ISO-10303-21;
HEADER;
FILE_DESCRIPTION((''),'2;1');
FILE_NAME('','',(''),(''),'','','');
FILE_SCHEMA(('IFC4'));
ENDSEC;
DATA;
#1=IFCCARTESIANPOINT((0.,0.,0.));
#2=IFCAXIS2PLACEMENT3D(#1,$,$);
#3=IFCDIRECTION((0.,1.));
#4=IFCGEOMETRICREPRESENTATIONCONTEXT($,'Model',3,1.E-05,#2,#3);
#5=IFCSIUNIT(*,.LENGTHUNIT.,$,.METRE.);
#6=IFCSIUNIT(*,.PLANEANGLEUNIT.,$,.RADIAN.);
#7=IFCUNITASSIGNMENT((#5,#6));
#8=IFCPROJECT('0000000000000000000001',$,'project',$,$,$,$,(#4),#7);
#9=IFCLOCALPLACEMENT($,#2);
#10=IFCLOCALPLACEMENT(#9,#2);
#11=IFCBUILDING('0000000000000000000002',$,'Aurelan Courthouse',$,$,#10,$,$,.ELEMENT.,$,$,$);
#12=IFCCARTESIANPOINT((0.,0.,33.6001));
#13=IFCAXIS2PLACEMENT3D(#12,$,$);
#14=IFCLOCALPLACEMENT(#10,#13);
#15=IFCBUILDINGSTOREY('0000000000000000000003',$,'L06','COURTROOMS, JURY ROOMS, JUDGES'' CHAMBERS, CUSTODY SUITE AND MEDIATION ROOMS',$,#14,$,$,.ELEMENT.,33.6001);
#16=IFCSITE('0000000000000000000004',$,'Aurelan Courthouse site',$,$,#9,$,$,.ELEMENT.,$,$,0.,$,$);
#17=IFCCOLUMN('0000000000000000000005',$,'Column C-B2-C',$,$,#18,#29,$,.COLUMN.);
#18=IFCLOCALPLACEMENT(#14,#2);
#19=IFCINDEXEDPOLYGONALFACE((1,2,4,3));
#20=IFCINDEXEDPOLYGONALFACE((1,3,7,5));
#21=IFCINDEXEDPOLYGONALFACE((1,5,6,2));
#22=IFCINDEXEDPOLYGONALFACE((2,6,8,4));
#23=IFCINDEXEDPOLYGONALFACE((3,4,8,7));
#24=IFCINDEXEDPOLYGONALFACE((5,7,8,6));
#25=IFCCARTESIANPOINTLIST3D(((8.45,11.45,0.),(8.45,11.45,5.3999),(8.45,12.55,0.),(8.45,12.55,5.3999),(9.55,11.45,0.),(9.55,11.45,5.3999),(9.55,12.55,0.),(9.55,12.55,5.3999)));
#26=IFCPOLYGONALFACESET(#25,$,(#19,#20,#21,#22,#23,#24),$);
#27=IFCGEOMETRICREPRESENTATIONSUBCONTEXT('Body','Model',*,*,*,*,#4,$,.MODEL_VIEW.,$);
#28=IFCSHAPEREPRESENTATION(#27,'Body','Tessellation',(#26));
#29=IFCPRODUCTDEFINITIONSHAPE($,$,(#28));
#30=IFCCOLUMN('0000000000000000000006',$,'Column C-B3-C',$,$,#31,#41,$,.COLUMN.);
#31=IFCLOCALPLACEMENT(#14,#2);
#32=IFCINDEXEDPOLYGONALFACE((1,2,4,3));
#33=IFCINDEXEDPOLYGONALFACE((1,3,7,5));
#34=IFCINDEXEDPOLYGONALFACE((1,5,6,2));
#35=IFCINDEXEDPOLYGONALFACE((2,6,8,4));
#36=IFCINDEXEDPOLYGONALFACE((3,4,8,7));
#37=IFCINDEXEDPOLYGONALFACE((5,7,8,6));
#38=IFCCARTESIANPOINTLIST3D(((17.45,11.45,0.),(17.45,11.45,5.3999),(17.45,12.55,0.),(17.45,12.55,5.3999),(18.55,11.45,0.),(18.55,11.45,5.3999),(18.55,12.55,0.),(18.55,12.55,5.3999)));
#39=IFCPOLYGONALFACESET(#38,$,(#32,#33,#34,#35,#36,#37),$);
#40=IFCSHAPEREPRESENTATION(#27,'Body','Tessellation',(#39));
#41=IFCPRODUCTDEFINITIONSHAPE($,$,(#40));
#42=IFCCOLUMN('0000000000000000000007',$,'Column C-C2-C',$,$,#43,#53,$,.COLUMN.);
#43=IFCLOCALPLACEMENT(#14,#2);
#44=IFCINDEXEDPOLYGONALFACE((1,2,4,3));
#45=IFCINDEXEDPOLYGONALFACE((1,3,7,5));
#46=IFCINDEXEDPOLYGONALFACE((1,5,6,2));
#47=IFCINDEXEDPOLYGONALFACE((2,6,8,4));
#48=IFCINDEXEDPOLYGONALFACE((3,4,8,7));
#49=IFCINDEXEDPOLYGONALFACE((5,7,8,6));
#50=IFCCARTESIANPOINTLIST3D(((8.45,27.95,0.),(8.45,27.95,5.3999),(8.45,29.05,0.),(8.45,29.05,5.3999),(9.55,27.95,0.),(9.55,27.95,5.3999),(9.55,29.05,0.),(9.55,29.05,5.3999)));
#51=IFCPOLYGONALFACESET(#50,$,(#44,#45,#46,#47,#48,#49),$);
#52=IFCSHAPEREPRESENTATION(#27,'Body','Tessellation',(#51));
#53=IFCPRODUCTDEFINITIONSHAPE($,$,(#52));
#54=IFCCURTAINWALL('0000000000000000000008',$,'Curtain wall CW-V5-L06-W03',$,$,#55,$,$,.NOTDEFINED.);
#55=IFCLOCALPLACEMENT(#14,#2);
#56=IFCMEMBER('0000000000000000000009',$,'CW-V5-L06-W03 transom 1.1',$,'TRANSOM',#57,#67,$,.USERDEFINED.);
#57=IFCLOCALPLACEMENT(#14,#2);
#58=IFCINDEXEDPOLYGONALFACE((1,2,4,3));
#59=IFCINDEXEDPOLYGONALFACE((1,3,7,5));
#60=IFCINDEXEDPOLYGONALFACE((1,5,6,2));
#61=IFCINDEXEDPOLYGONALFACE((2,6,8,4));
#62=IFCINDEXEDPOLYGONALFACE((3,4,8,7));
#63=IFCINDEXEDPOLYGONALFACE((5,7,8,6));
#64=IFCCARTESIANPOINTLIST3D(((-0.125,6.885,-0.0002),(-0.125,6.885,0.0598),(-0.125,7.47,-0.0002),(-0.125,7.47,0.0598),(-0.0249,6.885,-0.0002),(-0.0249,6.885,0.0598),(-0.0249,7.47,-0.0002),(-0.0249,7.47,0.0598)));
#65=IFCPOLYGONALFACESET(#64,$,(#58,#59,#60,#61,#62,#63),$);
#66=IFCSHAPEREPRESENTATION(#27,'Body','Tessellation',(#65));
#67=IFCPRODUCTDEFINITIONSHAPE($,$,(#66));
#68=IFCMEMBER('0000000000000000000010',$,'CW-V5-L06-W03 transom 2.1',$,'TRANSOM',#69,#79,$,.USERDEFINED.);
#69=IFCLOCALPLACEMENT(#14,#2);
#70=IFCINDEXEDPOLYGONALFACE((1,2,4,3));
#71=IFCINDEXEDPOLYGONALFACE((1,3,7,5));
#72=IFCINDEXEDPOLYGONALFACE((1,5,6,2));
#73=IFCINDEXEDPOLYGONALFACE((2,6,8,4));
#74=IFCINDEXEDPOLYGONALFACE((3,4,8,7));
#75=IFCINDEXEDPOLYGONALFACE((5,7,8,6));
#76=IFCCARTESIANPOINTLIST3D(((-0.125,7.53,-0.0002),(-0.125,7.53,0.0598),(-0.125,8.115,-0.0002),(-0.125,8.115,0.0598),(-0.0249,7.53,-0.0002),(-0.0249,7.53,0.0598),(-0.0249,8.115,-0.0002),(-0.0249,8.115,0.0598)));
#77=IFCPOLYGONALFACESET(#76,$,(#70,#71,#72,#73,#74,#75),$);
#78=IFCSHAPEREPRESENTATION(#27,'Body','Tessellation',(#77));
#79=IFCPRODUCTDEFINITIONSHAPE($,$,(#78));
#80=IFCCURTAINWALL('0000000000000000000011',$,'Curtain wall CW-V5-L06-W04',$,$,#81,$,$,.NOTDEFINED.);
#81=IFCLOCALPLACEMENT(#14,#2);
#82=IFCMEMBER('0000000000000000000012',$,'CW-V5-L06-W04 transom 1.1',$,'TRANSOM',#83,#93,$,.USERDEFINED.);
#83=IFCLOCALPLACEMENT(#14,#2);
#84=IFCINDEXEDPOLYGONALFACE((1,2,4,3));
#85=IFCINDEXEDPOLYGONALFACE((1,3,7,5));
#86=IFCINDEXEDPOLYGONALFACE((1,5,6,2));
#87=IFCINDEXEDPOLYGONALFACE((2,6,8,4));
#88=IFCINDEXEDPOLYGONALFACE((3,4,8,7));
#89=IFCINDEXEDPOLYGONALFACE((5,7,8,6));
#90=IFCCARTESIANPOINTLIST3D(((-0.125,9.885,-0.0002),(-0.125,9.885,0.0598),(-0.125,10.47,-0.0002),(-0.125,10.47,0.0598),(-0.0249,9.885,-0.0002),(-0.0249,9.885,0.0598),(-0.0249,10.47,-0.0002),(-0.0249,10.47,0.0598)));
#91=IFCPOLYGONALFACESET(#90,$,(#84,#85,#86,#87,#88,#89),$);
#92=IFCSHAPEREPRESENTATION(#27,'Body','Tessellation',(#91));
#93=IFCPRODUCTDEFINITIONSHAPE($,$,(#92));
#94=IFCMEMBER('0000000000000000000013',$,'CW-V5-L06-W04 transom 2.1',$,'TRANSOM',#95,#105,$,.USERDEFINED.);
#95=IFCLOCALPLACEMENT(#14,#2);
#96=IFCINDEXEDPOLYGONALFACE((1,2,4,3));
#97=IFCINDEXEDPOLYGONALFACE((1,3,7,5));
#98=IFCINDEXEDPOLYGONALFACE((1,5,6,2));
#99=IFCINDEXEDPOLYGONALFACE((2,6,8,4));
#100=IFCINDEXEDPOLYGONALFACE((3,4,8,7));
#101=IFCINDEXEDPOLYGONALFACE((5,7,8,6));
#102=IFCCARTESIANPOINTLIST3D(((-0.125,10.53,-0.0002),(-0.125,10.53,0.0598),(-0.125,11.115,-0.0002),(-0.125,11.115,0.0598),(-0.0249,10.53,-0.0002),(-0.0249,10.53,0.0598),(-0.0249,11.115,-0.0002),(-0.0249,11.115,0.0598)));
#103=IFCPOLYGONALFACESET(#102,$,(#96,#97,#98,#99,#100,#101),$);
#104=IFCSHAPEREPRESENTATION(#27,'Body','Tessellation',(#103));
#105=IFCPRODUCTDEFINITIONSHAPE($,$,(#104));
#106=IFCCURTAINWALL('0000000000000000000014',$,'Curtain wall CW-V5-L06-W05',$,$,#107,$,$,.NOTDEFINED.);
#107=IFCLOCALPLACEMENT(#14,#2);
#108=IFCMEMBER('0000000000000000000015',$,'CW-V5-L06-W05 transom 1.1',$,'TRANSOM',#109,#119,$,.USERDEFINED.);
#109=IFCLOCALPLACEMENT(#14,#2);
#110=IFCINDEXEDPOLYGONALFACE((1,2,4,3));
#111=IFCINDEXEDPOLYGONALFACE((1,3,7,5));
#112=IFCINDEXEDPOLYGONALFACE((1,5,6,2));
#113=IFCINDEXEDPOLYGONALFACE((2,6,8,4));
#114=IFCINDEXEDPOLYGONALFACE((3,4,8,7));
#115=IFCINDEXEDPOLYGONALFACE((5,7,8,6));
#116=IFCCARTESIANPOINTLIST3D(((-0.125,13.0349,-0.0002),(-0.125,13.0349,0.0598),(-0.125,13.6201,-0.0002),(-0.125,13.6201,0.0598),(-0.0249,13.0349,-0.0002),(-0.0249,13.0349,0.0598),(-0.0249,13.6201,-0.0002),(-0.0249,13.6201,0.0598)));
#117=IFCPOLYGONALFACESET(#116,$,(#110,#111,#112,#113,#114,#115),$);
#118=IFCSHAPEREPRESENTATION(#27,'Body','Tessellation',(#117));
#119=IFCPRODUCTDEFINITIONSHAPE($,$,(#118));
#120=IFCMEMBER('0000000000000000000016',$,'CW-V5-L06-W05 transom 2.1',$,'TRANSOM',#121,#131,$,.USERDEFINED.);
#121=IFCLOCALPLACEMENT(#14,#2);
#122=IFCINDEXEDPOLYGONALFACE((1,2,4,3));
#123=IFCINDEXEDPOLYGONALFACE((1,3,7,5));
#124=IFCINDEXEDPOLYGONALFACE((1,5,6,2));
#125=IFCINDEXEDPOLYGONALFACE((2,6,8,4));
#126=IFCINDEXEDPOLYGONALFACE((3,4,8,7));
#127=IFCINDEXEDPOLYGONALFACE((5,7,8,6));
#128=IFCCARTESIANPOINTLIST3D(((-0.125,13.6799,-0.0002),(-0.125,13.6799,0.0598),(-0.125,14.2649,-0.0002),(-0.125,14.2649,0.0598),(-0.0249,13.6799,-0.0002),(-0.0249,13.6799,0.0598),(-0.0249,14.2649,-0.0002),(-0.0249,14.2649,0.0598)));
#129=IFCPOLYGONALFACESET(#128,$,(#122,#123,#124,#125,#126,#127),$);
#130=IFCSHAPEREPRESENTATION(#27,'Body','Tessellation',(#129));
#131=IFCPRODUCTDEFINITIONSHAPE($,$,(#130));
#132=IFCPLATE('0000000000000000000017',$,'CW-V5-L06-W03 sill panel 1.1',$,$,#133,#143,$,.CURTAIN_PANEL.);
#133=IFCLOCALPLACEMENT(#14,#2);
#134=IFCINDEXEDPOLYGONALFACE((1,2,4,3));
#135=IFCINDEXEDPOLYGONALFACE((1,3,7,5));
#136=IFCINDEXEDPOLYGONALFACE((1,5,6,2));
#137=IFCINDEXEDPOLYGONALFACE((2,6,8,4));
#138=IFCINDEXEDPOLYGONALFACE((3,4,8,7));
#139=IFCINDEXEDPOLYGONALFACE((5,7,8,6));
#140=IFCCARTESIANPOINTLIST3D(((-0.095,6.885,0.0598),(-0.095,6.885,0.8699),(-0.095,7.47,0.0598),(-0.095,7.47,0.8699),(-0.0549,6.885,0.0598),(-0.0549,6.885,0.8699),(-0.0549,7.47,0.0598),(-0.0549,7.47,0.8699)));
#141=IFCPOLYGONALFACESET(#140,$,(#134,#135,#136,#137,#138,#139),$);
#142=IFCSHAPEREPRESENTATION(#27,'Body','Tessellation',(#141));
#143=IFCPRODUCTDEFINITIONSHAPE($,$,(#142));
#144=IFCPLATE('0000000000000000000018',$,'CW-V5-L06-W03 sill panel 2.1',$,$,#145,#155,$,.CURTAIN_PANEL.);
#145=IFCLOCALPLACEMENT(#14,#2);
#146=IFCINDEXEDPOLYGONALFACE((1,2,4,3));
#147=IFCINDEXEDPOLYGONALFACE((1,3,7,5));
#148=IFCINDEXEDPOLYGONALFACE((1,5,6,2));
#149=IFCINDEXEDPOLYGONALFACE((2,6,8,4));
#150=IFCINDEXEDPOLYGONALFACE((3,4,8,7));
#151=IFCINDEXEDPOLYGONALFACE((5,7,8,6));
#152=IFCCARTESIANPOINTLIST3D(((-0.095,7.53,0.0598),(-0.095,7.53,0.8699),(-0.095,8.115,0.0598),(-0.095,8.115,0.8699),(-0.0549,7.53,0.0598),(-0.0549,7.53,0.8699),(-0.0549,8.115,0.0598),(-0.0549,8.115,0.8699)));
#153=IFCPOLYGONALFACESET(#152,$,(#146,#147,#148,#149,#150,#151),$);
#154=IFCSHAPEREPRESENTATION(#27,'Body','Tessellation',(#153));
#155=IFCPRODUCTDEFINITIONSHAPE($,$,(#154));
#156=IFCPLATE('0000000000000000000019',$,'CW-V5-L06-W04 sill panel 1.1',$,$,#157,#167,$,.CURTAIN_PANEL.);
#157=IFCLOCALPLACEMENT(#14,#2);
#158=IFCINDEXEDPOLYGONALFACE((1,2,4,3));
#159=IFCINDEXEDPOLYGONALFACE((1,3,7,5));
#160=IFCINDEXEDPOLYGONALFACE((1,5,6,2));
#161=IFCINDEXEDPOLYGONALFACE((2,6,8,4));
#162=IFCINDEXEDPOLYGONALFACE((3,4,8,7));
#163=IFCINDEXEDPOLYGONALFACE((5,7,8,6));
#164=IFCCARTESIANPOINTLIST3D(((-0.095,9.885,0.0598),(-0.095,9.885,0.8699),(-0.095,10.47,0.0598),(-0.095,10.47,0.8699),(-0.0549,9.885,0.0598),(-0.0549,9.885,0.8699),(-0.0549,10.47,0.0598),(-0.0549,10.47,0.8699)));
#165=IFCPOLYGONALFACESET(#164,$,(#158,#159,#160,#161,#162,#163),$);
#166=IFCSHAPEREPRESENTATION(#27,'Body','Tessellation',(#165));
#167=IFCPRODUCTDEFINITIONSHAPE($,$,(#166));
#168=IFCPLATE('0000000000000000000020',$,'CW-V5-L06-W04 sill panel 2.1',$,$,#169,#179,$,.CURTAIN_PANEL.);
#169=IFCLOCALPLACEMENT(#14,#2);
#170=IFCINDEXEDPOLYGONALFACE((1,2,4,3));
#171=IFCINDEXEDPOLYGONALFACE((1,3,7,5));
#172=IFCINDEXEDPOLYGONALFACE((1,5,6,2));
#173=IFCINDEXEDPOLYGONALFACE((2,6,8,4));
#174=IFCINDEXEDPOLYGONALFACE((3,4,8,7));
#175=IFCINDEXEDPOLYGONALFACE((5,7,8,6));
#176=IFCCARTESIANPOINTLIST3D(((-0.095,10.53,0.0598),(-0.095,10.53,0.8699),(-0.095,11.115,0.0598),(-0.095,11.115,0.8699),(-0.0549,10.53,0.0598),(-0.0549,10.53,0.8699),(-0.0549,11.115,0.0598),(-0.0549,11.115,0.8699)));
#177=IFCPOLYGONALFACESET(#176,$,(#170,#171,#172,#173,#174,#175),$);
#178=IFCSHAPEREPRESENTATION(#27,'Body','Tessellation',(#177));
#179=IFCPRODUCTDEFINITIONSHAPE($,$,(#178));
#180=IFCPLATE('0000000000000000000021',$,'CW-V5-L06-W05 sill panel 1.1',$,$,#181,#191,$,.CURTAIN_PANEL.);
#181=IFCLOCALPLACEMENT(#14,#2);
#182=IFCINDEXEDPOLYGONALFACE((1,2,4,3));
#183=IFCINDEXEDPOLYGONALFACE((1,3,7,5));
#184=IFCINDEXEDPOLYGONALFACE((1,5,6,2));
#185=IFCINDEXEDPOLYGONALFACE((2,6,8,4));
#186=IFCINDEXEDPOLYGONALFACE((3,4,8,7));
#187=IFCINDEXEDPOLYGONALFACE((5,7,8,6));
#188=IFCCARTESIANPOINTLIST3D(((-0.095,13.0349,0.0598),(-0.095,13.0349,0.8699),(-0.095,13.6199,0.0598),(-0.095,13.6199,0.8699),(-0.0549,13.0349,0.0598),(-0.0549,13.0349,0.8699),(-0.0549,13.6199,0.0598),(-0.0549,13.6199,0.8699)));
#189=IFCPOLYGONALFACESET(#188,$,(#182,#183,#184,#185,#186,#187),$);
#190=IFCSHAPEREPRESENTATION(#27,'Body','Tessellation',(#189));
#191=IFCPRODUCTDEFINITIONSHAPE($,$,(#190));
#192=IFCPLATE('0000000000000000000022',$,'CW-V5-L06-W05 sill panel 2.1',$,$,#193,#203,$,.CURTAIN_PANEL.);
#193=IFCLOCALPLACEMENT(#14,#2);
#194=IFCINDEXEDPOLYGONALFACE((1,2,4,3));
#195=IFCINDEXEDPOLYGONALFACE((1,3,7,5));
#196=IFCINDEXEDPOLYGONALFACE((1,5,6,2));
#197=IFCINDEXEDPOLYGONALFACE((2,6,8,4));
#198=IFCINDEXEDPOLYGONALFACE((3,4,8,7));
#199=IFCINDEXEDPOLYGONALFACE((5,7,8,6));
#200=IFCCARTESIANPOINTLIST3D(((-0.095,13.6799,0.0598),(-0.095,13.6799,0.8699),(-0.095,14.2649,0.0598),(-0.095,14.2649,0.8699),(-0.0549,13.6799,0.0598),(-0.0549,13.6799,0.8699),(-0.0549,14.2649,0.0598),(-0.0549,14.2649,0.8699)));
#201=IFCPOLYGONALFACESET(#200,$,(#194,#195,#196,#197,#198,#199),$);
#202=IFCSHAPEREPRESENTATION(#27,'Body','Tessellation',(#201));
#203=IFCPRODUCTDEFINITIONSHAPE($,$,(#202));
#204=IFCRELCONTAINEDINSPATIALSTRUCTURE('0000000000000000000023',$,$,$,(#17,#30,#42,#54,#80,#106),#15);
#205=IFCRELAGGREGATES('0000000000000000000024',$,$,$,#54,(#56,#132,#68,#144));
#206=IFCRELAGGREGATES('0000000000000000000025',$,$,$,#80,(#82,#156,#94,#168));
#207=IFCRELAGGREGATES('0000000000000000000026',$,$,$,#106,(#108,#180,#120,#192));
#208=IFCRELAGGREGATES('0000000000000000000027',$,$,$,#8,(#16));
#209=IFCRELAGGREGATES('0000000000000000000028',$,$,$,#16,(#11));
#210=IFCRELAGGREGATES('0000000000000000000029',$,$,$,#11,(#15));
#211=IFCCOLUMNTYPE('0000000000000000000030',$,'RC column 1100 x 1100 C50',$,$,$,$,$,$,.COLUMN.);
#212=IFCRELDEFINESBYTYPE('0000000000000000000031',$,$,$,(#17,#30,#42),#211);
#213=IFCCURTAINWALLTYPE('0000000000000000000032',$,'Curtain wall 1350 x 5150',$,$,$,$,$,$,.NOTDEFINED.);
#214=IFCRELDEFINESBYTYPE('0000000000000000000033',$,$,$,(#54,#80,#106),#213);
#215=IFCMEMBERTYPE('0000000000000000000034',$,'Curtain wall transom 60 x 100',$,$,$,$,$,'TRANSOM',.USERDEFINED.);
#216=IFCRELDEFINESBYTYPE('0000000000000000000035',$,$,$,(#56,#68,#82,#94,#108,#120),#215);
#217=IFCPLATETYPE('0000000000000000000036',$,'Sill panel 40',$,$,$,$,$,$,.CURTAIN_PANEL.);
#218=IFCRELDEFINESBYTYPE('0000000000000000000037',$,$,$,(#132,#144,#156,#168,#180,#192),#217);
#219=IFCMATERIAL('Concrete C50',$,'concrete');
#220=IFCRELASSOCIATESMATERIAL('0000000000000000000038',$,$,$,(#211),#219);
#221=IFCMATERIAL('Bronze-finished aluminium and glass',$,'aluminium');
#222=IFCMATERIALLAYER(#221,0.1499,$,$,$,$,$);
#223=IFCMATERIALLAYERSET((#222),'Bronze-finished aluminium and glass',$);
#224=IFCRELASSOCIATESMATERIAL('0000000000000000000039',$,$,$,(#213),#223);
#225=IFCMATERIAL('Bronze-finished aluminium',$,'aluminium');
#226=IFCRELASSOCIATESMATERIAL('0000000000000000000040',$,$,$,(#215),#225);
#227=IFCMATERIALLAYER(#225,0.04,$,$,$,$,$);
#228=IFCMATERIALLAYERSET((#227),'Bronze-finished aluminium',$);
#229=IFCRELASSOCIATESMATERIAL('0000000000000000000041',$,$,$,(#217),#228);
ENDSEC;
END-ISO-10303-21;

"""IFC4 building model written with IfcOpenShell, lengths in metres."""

from ifc_helpers import new_model, si_unit, direction, frame, origin, origin_2d, place, context, subcontext, project, spatial, rectangle, extrude, material, layer, layer_set, material_profile, profile_set, type_object, element, aggregate, save


model = new_model("IFC4")

# Units and contexts
model_context = context("Model", 3, precision=1e-05, world=origin(), true_north=direction((0.0, 1.0)))
body_context = subcontext(model_context, "Body", "Model", "MODEL_VIEW")
ifc_project = project(units=[si_unit("LENGTHUNIT", "METRE"), si_unit("PLANEANGLEUNIT", "RADIAN")], contexts=[model_context])

# Site, building, storey
site_placement = place(None, origin())
site = spatial("IfcSite", under=ifc_project, at=site_placement, Name="Aurelan Courthouse site", CompositionType="ELEMENT", RefElevation=0.0)
building_placement = place(site_placement, origin())
building = spatial("IfcBuilding", under=site, at=building_placement, Name="Aurelan Courthouse", CompositionType="ELEMENT")
storey_placement = place(building_placement, frame((0.0, 0.0, 33.6001)))
storey = spatial("IfcBuildingStorey", under=building, at=storey_placement, Name="L06", Description="COURTROOMS, JURY ROOMS, JUDGES' CHAMBERS, CUSTODY SUITE AND MEDIATION ROOMS", CompositionType="ELEMENT", Elevation=33.6001)

# Columns
ifc_material_1 = material(Name="Concrete C50", Category="concrete")
ifc_material_profile_1 = material_profile(ifc_material_1, rectangle(XDim=1.1001, YDim=1.1001, at=origin_2d()), Name="RC 1100 x 1100")
ifc_profile_set_1 = profile_set([ifc_material_profile_1], Name="Concrete C50")
column_type = type_object("IfcColumnType", Name="RC column 1100 x 1100 C50", PredefinedType="COLUMN", material=ifc_profile_set_1)
for number, where, z_axis, x_axis, name in (
    (1, (9.0, 12.0, 0.0), (0.0, 0.0, 1.0), (1.0, 0.0, 0.0), "Column C-B2-C"),
    (2, (18.0, 12.0, 0.0), (0.0, 0.0, 1.0), (1.0, 0.0, 0.0), "Column C-B3-C"),
    (3, (9.0, 28.5, 0.0), (0.0, 0.0, 1.0), (1.0, 0.0, 0.0), "Column C-C2-C"),
):
    element("IfcColumn", number, at=place(storey_placement, frame(where, z_axis=z_axis, x_axis=x_axis)), inside=storey, type_object=column_type, Name=name, PredefinedType="COLUMN", context=body_context, shape_type="SweptSolid", body=[
        extrude(rectangle(XDim=1.1001, YDim=1.1001, at=origin_2d()), origin(), (0.0, 0.0, 1.0), 5.3999),
    ])

# Curtain walls, members
ifc_material_2 = material(Name="Bronze-finished aluminium and glass", Category="aluminium")
ifc_layer_1 = layer(ifc_material_2, 0.1499)
ifc_layer_set_1 = layer_set([ifc_layer_1], Name="Bronze-finished aluminium and glass")
curtain_wall_type = type_object("IfcCurtainWallType", Name="Curtain wall 1350 x 5150", PredefinedType="NOTDEFINED", material=ifc_layer_set_1)
curtain_wall_1_placement = place(storey_placement, origin())
curtain_wall_1 = element("IfcCurtainWall", 4, at=curtain_wall_1_placement, inside=storey, type_object=curtain_wall_type, Name="Curtain wall CW-V5-L06-W03", PredefinedType="NOTDEFINED")
ifc_material_3 = material(Name="Bronze-finished aluminium", Category="aluminium")
ifc_material_profile_2 = material_profile(ifc_material_3, rectangle(XDim=0.1001, YDim=0.0601, at=origin_2d()), Name="Bronze transom 60 x 100")
ifc_profile_set_2 = profile_set([ifc_material_profile_2], Name="Bronze-finished aluminium")
member_type = type_object("IfcMemberType", Name="Curtain wall transom 60 x 100", ElementType="TRANSOM", PredefinedType="USERDEFINED", material=ifc_profile_set_2)
member_1_placement = place(storey_placement, frame((-0.075, 6.885, 0.0298), z_axis=(0.0, 1.0, 0.0), x_axis=(-1.0, 0.0, 0.0)))
member_1 = element("IfcMember", 5, at=member_1_placement, type_object=member_type, Name="CW-V5-L06-W03 transom 1.1", ObjectType="TRANSOM", PredefinedType="USERDEFINED", context=body_context, shape_type="SweptSolid", body=[
    extrude(rectangle(XDim=0.1001, YDim=0.0601, at=origin_2d()), origin(), (0.0, 0.0, 1.0), 0.585),
])
member_2_placement = place(storey_placement, frame((-0.075, 7.53, 0.0298), z_axis=(0.0, 1.0, 0.0), x_axis=(-1.0, 0.0, 0.0)))
member_2 = element("IfcMember", 6, at=member_2_placement, type_object=member_type, Name="CW-V5-L06-W03 transom 2.1", ObjectType="TRANSOM", PredefinedType="USERDEFINED", context=body_context, shape_type="SweptSolid", body=[
    extrude(rectangle(XDim=0.1001, YDim=0.0601, at=origin_2d()), origin(), (0.0, 0.0, 1.0), 0.585),
])
curtain_wall_2_placement = place(storey_placement, origin())
curtain_wall_2 = element("IfcCurtainWall", 7, at=curtain_wall_2_placement, inside=storey, type_object=curtain_wall_type, Name="Curtain wall CW-V5-L06-W04", PredefinedType="NOTDEFINED")
member_3_placement = place(storey_placement, frame((-0.075, 9.885, 0.0298), z_axis=(0.0, 1.0, 0.0), x_axis=(-1.0, 0.0, 0.0)))
member_3 = element("IfcMember", 8, at=member_3_placement, type_object=member_type, Name="CW-V5-L06-W04 transom 1.1", ObjectType="TRANSOM", PredefinedType="USERDEFINED", context=body_context, shape_type="SweptSolid", body=[
    extrude(rectangle(XDim=0.1001, YDim=0.0601, at=origin_2d()), origin(), (0.0, 0.0, 1.0), 0.585),
])
member_4_placement = place(storey_placement, frame((-0.075, 10.53, 0.0298), z_axis=(0.0, 1.0, 0.0), x_axis=(-1.0, 0.0, 0.0)))
member_4 = element("IfcMember", 9, at=member_4_placement, type_object=member_type, Name="CW-V5-L06-W04 transom 2.1", ObjectType="TRANSOM", PredefinedType="USERDEFINED", context=body_context, shape_type="SweptSolid", body=[
    extrude(rectangle(XDim=0.1001, YDim=0.0601, at=origin_2d()), origin(), (0.0, 0.0, 1.0), 0.585),
])
curtain_wall_3_placement = place(storey_placement, origin())
curtain_wall_3 = element("IfcCurtainWall", 10, at=curtain_wall_3_placement, inside=storey, type_object=curtain_wall_type, Name="Curtain wall CW-V5-L06-W05", PredefinedType="NOTDEFINED")
member_5_placement = place(storey_placement, frame((-0.075, 13.0349, 0.0298), z_axis=(0.0, 1.0, 0.0), x_axis=(-1.0, 0.0, 0.0)))
member_5 = element("IfcMember", 11, at=member_5_placement, type_object=member_type, Name="CW-V5-L06-W05 transom 1.1", ObjectType="TRANSOM", PredefinedType="USERDEFINED", context=body_context, shape_type="SweptSolid", body=[
    extrude(rectangle(XDim=0.1001, YDim=0.0601, at=origin_2d()), origin(), (0.0, 0.0, 1.0), 0.5852),
])
member_6_placement = place(storey_placement, frame((-0.075, 13.6799, 0.0298), z_axis=(0.0, 1.0, 0.0), x_axis=(-1.0, 0.0, 0.0)))
member_6 = element("IfcMember", 12, at=member_6_placement, type_object=member_type, Name="CW-V5-L06-W05 transom 2.1", ObjectType="TRANSOM", PredefinedType="USERDEFINED", context=body_context, shape_type="SweptSolid", body=[
    extrude(rectangle(XDim=0.1001, YDim=0.0601, at=origin_2d()), origin(), (0.0, 0.0, 1.0), 0.585),
])

# Plates
ifc_layer_2 = layer(ifc_material_3, 0.04)
ifc_layer_set_2 = layer_set([ifc_layer_2], Name="Bronze-finished aluminium")
plate_type = type_object("IfcPlateType", Name="Sill panel 40", PredefinedType="CURTAIN_PANEL", material=ifc_layer_set_2)
plate_1_placement = place(storey_placement, frame((-0.075, 7.1775, 0.0598), z_axis=(0.0, 0.0, 1.0), x_axis=(0.0, 1.0, 0.0)))
plate_1 = element("IfcPlate", 13, at=plate_1_placement, type_object=plate_type, Name="CW-V5-L06-W03 sill panel 1.1", PredefinedType="CURTAIN_PANEL", context=body_context, shape_type="SweptSolid", body=[
    extrude(rectangle(XDim=0.585, YDim=0.04, at=origin_2d()), origin(), (0.0, 0.0, 1.0), 0.8101),
])
plate_2_placement = place(storey_placement, frame((-0.075, 7.8225, 0.0598), z_axis=(0.0, 0.0, 1.0), x_axis=(0.0, 1.0, 0.0)))
plate_2 = element("IfcPlate", 14, at=plate_2_placement, type_object=plate_type, Name="CW-V5-L06-W03 sill panel 2.1", PredefinedType="CURTAIN_PANEL", context=body_context, shape_type="SweptSolid", body=[
    extrude(rectangle(XDim=0.585, YDim=0.04, at=origin_2d()), origin(), (0.0, 0.0, 1.0), 0.8101),
])
aggregate(curtain_wall_1, [member_1, plate_1, member_2, plate_2])
plate_3_placement = place(storey_placement, frame((-0.075, 10.1775, 0.0598), z_axis=(0.0, 0.0, 1.0), x_axis=(0.0, 1.0, 0.0)))
plate_3 = element("IfcPlate", 15, at=plate_3_placement, type_object=plate_type, Name="CW-V5-L06-W04 sill panel 1.1", PredefinedType="CURTAIN_PANEL", context=body_context, shape_type="SweptSolid", body=[
    extrude(rectangle(XDim=0.585, YDim=0.04, at=origin_2d()), origin(), (0.0, 0.0, 1.0), 0.8101),
])
plate_4_placement = place(storey_placement, frame((-0.075, 10.8225, 0.0598), z_axis=(0.0, 0.0, 1.0), x_axis=(0.0, 1.0, 0.0)))
plate_4 = element("IfcPlate", 16, at=plate_4_placement, type_object=plate_type, Name="CW-V5-L06-W04 sill panel 2.1", PredefinedType="CURTAIN_PANEL", context=body_context, shape_type="SweptSolid", body=[
    extrude(rectangle(XDim=0.585, YDim=0.04, at=origin_2d()), origin(), (0.0, 0.0, 1.0), 0.8101),
])
aggregate(curtain_wall_2, [member_3, plate_3, member_4, plate_4])
plate_5_placement = place(storey_placement, frame((-0.075, 13.3274, 0.0598), z_axis=(0.0, 0.0, 1.0), x_axis=(0.0, 1.0, 0.0)))
plate_5 = element("IfcPlate", 17, at=plate_5_placement, type_object=plate_type, Name="CW-V5-L06-W05 sill panel 1.1", PredefinedType="CURTAIN_PANEL", context=body_context, shape_type="SweptSolid", body=[
    extrude(rectangle(XDim=0.585, YDim=0.04, at=origin_2d()), origin(), (0.0, 0.0, 1.0), 0.8101),
])
plate_6_placement = place(storey_placement, frame((-0.075, 13.9724, 0.0598), z_axis=(0.0, 0.0, 1.0), x_axis=(0.0, 1.0, 0.0)))
plate_6 = element("IfcPlate", 18, at=plate_6_placement, type_object=plate_type, Name="CW-V5-L06-W05 sill panel 2.1", PredefinedType="CURTAIN_PANEL", context=body_context, shape_type="SweptSolid", body=[
    extrude(rectangle(XDim=0.585, YDim=0.04, at=origin_2d()), origin(), (0.0, 0.0, 1.0), 0.8101),
])
aggregate(curtain_wall_3, [member_5, plate_5, member_6, plate_6])

save(model, "model.ifc")
